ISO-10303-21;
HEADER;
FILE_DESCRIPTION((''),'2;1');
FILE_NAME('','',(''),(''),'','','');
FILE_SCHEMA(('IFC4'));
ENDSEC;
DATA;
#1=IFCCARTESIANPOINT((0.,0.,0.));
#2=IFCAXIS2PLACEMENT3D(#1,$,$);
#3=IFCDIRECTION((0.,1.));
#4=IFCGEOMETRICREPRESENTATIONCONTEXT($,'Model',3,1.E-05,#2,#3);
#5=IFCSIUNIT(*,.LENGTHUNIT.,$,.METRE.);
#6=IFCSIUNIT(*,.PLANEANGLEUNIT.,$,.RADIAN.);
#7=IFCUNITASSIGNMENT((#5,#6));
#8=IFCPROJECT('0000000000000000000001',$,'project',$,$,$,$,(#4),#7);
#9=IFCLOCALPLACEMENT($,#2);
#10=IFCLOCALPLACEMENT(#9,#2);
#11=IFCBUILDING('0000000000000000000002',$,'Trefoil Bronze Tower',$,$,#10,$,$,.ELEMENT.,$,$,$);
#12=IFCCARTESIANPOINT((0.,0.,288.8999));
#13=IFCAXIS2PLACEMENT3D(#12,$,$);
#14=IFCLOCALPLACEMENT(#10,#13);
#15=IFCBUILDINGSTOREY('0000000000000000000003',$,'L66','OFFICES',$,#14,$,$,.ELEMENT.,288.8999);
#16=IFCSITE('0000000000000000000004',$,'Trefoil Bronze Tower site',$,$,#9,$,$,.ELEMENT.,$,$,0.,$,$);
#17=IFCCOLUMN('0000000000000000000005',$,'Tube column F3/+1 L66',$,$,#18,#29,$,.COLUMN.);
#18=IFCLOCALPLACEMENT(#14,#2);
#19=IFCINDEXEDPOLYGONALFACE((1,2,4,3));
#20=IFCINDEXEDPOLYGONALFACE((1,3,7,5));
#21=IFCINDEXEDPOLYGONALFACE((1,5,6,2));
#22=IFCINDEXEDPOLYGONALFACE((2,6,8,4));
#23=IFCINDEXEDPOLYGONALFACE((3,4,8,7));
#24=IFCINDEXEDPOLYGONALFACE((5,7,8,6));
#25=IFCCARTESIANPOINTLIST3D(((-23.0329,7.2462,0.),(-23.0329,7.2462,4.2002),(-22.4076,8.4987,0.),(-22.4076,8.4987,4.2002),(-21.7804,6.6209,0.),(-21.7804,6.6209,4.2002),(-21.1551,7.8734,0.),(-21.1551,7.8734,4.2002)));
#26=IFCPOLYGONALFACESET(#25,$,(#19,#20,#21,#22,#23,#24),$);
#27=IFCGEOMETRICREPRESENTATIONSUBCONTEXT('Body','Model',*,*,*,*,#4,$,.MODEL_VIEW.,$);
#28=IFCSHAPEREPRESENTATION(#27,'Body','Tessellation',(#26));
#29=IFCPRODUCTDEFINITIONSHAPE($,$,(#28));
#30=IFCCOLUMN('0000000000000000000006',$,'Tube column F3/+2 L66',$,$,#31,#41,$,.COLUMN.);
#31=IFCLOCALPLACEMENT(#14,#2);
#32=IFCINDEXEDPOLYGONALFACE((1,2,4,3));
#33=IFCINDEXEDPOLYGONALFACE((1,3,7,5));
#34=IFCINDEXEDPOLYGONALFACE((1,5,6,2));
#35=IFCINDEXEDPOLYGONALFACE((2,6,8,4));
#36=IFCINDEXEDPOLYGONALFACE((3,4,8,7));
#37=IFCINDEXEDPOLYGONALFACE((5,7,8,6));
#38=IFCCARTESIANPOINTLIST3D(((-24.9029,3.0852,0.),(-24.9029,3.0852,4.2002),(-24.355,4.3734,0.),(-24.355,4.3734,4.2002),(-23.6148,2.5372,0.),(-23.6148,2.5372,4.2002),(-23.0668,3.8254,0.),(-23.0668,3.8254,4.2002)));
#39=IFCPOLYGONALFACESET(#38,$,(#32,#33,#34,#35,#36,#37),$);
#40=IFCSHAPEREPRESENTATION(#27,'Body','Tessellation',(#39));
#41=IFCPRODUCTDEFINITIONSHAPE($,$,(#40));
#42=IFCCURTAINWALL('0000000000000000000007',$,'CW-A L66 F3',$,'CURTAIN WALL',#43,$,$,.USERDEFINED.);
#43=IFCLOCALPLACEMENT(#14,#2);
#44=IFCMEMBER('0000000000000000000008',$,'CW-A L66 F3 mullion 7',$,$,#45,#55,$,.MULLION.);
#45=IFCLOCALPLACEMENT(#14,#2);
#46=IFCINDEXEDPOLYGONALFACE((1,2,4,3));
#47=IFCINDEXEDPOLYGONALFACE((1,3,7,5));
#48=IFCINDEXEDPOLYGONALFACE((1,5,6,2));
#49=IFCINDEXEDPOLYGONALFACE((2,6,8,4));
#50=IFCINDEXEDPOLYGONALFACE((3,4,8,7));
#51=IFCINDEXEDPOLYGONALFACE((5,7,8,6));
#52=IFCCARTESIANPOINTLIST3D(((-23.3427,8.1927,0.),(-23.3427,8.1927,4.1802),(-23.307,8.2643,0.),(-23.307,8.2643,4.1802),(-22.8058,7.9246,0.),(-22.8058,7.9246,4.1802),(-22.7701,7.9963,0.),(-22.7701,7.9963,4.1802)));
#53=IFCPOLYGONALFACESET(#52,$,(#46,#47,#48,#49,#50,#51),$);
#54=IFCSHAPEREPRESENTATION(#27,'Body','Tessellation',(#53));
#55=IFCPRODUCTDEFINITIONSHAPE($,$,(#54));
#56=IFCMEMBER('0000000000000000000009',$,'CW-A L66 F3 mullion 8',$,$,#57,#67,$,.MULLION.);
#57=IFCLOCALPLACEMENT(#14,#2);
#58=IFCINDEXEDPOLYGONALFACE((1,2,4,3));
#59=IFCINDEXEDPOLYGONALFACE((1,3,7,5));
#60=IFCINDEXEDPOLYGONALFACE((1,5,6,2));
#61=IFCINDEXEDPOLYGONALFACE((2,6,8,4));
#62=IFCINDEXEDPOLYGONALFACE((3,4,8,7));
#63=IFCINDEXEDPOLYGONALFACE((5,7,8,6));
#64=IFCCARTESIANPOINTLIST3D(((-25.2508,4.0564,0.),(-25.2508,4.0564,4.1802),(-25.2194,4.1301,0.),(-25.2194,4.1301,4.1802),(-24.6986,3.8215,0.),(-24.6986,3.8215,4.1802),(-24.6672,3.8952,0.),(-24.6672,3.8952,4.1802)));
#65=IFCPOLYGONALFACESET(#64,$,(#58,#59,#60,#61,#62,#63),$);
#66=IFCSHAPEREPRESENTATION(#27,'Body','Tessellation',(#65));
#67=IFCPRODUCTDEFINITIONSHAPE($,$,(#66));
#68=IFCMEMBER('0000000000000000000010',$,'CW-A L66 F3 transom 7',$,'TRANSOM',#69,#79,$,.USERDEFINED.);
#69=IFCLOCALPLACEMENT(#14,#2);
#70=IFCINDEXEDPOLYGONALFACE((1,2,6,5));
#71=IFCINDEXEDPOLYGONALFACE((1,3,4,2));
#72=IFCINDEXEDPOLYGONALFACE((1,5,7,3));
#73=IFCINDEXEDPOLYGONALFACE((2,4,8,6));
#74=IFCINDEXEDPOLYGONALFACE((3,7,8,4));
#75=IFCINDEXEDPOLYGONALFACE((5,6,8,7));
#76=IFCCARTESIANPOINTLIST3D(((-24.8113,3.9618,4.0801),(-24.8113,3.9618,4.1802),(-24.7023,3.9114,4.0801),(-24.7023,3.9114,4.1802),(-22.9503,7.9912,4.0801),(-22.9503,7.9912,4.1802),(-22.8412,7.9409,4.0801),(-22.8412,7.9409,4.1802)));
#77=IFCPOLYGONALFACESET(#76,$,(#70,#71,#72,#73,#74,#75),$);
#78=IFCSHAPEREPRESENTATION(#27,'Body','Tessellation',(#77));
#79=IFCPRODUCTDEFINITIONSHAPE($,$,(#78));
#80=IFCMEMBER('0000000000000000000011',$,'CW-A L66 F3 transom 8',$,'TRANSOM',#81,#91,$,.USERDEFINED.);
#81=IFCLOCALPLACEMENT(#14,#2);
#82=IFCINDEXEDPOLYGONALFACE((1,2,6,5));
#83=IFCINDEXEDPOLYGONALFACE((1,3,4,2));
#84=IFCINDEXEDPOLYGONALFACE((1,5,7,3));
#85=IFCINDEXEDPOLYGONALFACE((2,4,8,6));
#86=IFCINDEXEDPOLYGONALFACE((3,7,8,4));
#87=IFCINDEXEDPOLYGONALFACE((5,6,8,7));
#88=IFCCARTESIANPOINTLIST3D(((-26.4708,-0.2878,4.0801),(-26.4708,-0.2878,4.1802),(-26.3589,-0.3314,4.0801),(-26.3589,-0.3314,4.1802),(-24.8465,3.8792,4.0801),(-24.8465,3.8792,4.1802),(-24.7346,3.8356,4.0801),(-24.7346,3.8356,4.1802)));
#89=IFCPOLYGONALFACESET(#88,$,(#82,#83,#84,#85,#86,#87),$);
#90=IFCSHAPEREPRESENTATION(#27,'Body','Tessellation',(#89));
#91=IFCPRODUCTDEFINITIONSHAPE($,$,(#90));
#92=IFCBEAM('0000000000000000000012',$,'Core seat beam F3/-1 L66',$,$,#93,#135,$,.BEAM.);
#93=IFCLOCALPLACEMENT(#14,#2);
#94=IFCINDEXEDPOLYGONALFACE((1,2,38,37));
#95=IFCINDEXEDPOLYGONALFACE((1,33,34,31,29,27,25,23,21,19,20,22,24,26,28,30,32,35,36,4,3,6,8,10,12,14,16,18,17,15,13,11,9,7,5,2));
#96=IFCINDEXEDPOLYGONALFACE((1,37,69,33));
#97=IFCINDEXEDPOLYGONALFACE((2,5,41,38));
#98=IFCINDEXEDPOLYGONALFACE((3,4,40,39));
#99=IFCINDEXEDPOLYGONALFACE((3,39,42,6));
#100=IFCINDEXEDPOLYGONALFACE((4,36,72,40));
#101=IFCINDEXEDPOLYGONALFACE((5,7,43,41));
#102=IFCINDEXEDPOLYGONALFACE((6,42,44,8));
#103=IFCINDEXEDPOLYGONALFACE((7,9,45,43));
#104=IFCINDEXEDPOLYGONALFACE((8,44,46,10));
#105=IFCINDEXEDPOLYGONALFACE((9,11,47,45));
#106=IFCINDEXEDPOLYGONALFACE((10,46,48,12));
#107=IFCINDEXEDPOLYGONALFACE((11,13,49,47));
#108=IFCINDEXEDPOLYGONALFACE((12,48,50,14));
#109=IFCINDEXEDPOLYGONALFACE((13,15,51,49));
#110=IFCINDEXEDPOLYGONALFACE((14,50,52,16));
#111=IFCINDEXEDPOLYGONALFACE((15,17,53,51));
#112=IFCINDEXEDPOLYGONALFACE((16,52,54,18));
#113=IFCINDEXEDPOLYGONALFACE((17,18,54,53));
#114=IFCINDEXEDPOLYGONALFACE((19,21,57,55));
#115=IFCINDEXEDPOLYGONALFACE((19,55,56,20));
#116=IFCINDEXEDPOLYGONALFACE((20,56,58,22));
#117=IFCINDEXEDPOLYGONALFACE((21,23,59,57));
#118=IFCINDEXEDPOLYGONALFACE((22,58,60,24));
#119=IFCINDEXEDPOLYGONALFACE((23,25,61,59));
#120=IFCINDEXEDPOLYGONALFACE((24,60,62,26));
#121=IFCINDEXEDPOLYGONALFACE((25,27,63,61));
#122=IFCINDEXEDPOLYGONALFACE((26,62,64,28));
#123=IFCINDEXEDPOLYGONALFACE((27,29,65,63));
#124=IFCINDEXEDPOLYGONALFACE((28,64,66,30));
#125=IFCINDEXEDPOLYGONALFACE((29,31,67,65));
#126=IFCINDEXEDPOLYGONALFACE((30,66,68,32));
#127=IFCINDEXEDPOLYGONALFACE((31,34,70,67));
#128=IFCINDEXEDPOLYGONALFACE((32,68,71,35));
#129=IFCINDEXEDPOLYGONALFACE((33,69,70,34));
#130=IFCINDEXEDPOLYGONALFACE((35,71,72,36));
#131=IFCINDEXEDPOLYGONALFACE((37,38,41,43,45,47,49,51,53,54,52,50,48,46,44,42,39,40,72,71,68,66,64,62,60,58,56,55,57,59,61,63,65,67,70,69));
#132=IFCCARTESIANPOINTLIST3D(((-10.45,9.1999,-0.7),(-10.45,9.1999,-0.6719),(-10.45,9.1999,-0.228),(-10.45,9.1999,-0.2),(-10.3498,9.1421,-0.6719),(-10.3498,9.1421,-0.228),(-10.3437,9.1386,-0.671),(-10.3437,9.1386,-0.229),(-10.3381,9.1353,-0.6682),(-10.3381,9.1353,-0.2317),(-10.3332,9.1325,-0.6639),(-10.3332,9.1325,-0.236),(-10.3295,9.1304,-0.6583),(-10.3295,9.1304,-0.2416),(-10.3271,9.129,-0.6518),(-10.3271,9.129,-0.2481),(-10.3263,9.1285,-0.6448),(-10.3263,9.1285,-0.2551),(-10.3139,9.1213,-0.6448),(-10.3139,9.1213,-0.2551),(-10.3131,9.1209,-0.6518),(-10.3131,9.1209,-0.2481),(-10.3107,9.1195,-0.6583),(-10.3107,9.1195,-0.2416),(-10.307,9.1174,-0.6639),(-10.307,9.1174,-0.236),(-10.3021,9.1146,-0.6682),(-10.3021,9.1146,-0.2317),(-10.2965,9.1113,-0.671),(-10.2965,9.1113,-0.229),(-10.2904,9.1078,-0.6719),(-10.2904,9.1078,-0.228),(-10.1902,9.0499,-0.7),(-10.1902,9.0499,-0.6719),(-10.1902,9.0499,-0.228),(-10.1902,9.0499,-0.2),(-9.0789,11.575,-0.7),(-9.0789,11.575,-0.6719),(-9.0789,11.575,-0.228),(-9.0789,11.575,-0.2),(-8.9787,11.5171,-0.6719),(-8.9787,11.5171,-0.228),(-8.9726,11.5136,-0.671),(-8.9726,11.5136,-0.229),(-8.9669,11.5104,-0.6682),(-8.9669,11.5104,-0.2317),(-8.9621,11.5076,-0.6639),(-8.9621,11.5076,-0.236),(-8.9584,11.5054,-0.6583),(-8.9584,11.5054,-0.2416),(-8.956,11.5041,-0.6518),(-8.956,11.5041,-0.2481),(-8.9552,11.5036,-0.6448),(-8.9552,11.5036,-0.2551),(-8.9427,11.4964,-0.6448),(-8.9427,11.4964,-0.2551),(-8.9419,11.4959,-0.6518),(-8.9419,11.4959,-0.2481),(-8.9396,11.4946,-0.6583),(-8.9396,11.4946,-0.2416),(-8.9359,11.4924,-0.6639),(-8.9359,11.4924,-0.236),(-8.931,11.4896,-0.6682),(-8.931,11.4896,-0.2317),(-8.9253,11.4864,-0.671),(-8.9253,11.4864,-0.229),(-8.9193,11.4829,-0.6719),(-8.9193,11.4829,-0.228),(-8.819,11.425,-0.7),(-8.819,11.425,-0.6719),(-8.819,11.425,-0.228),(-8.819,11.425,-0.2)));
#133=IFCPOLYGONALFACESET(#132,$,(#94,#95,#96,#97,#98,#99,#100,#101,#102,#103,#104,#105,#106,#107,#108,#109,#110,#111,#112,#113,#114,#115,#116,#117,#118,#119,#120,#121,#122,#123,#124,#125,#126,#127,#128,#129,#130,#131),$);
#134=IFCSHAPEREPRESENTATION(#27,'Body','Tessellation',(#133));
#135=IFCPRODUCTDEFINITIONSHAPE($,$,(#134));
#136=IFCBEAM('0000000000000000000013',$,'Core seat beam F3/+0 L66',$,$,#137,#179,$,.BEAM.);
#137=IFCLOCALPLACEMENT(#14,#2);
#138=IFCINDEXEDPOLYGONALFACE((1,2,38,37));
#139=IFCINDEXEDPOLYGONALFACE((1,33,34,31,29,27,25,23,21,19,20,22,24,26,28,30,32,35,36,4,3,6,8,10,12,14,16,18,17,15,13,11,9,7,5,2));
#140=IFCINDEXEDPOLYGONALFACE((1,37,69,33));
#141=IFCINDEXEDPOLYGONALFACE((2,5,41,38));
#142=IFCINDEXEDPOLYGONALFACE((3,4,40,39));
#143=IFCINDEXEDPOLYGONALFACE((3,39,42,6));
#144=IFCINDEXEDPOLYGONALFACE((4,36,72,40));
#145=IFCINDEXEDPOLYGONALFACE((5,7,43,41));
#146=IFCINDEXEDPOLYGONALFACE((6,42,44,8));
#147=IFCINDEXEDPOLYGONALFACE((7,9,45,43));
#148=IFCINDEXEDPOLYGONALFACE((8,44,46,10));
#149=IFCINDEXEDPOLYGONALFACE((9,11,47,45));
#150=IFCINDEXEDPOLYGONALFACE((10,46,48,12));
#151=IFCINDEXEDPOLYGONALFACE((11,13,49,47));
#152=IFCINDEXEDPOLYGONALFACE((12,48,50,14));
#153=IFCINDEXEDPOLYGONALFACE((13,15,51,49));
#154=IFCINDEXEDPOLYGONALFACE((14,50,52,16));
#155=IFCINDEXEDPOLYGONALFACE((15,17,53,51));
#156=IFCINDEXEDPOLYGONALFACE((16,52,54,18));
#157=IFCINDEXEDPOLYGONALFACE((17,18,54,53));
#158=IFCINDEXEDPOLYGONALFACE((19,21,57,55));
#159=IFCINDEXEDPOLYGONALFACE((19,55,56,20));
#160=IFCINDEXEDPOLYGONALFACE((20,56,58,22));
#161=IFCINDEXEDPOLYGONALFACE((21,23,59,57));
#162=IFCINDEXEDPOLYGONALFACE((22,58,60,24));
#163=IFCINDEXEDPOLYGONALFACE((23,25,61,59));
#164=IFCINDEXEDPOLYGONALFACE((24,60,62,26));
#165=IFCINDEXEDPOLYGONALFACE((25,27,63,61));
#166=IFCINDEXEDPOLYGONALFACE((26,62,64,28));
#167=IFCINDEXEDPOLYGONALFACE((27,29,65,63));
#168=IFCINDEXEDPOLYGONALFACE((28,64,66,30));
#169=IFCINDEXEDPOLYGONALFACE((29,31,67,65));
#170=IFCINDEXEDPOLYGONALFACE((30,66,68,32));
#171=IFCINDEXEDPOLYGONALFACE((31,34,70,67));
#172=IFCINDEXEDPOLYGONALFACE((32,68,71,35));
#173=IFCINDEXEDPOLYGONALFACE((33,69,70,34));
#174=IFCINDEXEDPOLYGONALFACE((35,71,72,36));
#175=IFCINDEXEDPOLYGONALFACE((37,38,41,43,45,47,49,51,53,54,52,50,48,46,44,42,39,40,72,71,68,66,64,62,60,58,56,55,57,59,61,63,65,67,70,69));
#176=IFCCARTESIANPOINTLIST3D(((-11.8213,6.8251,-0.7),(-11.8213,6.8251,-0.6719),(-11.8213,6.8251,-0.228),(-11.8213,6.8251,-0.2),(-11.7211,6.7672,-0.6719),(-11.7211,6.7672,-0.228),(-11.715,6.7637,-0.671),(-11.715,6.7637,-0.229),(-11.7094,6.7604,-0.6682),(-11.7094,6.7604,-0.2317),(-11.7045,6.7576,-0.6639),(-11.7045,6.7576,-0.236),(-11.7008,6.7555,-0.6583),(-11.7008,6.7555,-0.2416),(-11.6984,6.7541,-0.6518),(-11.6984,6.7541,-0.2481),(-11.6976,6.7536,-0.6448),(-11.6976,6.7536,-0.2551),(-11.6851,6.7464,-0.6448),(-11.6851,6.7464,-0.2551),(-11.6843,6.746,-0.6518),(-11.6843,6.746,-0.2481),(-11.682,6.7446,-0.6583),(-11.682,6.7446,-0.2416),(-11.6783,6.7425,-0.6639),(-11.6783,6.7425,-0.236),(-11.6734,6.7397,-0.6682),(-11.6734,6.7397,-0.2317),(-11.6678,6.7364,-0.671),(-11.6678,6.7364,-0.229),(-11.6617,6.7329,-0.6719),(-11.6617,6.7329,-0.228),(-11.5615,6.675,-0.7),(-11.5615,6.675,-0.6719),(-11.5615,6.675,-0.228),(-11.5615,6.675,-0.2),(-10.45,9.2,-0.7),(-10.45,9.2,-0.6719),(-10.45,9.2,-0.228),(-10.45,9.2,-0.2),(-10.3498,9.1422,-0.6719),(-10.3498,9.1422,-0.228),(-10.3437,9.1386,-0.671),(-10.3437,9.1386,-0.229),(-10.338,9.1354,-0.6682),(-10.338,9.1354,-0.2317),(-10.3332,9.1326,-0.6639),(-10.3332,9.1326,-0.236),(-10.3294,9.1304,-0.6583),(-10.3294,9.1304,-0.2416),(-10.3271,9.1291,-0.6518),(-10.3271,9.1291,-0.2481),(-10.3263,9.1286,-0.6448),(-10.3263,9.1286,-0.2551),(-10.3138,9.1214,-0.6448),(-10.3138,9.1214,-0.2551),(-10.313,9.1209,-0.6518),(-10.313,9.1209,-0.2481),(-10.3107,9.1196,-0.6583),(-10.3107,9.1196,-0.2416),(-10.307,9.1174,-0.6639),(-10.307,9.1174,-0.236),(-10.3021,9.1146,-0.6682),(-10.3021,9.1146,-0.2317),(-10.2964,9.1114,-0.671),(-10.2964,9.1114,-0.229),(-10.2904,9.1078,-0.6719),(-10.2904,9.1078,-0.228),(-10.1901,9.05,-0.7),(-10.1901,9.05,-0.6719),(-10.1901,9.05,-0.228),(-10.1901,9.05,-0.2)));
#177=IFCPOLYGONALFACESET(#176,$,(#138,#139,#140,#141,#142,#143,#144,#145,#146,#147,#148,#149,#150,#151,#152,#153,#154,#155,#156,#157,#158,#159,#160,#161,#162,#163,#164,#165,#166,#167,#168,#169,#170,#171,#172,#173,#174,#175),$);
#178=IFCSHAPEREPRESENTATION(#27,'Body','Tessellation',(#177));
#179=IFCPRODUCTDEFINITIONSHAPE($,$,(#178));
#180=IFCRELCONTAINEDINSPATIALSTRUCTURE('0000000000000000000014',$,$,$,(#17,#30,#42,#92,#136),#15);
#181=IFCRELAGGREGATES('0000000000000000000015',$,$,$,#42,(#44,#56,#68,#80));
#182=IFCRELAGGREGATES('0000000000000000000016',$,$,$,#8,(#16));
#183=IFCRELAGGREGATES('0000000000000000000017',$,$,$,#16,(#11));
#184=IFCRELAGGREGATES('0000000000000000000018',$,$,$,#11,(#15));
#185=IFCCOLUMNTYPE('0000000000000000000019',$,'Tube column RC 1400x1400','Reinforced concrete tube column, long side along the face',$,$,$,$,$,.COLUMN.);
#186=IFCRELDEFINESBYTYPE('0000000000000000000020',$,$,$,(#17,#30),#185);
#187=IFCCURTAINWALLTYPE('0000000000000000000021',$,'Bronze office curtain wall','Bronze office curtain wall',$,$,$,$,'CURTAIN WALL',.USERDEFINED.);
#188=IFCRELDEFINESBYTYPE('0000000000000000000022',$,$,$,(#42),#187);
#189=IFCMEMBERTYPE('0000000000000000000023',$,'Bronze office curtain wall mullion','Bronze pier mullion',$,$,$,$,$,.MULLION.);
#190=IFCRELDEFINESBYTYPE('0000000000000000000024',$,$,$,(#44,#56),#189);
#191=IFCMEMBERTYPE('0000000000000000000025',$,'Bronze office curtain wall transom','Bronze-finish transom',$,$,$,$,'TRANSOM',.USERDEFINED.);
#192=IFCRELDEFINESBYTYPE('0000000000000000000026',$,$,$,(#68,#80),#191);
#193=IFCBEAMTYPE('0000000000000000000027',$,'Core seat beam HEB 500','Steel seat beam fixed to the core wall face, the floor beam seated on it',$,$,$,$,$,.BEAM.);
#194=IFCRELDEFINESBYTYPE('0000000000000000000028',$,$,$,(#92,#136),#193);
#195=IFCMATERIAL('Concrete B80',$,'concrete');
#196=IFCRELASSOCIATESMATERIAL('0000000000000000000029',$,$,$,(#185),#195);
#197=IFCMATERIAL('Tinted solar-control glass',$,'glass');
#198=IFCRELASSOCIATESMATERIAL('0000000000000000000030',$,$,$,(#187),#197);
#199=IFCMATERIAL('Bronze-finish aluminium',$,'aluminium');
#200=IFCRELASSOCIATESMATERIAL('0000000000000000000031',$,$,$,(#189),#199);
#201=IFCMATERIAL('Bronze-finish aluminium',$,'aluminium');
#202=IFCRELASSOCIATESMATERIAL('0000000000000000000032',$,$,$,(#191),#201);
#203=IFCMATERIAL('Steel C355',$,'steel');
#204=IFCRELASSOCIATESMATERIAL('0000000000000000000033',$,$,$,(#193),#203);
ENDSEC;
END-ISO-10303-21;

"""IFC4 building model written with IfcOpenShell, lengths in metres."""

from ifc_helpers import new_model, si_unit, direction, frame, origin, origin_2d, place, context, subcontext, project, spatial, rectangle, i_section, extrude, material, material_profile, profile_set, type_object, element, aggregate, save


model = new_model("IFC4")

# Units and contexts
model_context = context("Model", 3, precision=1e-05, world=origin(), true_north=direction((0.0, 1.0)))
body_context = subcontext(model_context, "Body", "Model", "MODEL_VIEW")
ifc_project = project(units=[si_unit("LENGTHUNIT", "METRE"), si_unit("PLANEANGLEUNIT", "RADIAN")], contexts=[model_context])

# Site, building, storey
site_placement = place(None, origin())
site = spatial("IfcSite", under=ifc_project, at=site_placement, Name="Trefoil Bronze Tower site", CompositionType="ELEMENT", RefElevation=0.0)
building_placement = place(site_placement, origin())
building = spatial("IfcBuilding", under=site, at=building_placement, Name="Trefoil Bronze Tower", CompositionType="ELEMENT")
storey_placement = place(building_placement, frame((0.0, 0.0, 288.8999)))
storey = spatial("IfcBuildingStorey", under=building, at=storey_placement, Name="L66", Description="OFFICES", CompositionType="ELEMENT", Elevation=288.8999)

# Columns
ifc_material_1 = material(Name="Concrete B80", Category="concrete")
ifc_material_profile_1 = material_profile(ifc_material_1, rectangle(XDim=1.3999, YDim=1.3999, at=origin_2d()), Name="RC 1400x1400")
ifc_profile_set_1 = profile_set([ifc_material_profile_1], Name="Concrete B80")
column_type = type_object("IfcColumnType", Name="Tube column RC 1400x1400", Description="Reinforced concrete tube column, long side along the face", PredefinedType="COLUMN", material=ifc_profile_set_1)
for number, where, z_axis, x_axis, name in (
    (1, (-22.094, 7.5598, 0.0), (0.0, 0.0, 1.0), (-0.446641, -0.894713, 0.0), "Tube column F3/+1 L66"),
    (2, (-23.9849, 3.4553, 0.0), (0.0, 0.0, 1.0), (-0.391436, -0.920205, 0.0), "Tube column F3/+2 L66"),
):
    element("IfcColumn", number, at=place(storey_placement, frame(where, z_axis=z_axis, x_axis=x_axis)), inside=storey, type_object=column_type, Name=name, PredefinedType="COLUMN", context=body_context, shape_type="SweptSolid", body=[
        extrude(rectangle(XDim=1.3999, YDim=1.3999, at=origin_2d()), origin(), (0.0, 0.0, 1.0), 4.2002),
    ])

# Curtain wall, members
ifc_material_2 = material(Name="Tinted solar-control glass", Category="glass")
curtain_wall_type = type_object("IfcCurtainWallType", Name="Bronze office curtain wall", Description="Bronze office curtain wall", ElementType="CURTAIN WALL", PredefinedType="USERDEFINED", material=ifc_material_2)
curtain_wall_placement = place(storey_placement, origin())
curtain_wall = element("IfcCurtainWall", 3, at=curtain_wall_placement, inside=storey, type_object=curtain_wall_type, Name="CW-A L66 F3", ObjectType="CURTAIN WALL", PredefinedType="USERDEFINED")
ifc_material_3 = material(Name="Bronze-finish aluminium", Category="aluminium")
ifc_material_profile_2 = material_profile(ifc_material_3, rectangle(XDim=0.6001, YDim=0.0801, at=origin_2d()), Name="CW-A mullion")
ifc_profile_set_2 = profile_set([ifc_material_profile_2], Name="Bronze-finish aluminium")
member_type_1 = type_object("IfcMemberType", Name="Bronze office curtain wall mullion", Description="Bronze pier mullion", PredefinedType="MULLION", material=ifc_profile_set_2)
member_1_placement = place(storey_placement, frame((-23.0564, 8.0945, 0.0), z_axis=(0.0, 0.0, 1.0), x_axis=(0.894713, -0.446641, 0.0)))
member_1 = element("IfcMember", 4, at=member_1_placement, type_object=member_type_1, Name="CW-A L66 F3 mullion 7", PredefinedType="MULLION", context=body_context, shape_type="SweptSolid", body=[
    extrude(rectangle(XDim=0.6001, YDim=0.0801, at=origin_2d()), origin(), (0.0, 0.0, 1.0), 4.1802),
])
member_2_placement = place(storey_placement, frame((-24.959, 3.9758, 0.0), z_axis=(0.0, 0.0, 1.0), x_axis=(0.920205, -0.391436, 0.0)))
member_2 = element("IfcMember", 5, at=member_2_placement, type_object=member_type_1, Name="CW-A L66 F3 mullion 8", PredefinedType="MULLION", context=body_context, shape_type="SweptSolid", body=[
    extrude(rectangle(XDim=0.6001, YDim=0.0801, at=origin_2d()), origin(), (0.0, 0.0, 1.0), 4.1802),
])
ifc_material_4 = material(Name="Bronze-finish aluminium", Category="aluminium")
ifc_material_profile_3 = material_profile(ifc_material_4, rectangle(XDim=0.1201, YDim=0.1001, at=origin_2d()), Name="CW-A transom")
ifc_profile_set_3 = profile_set([ifc_material_profile_3], Name="Bronze-finish aluminium")
member_type_2 = type_object("IfcMemberType", Name="Bronze office curtain wall transom", Description="Bronze-finish transom", ElementType="TRANSOM", PredefinedType="USERDEFINED", material=ifc_profile_set_3)
member_3_placement = place(storey_placement, frame((-22.8958, 7.9661, 4.1301), z_axis=(-0.419299, -0.907848, 0.0), x_axis=(0.907848, -0.419299, 0.0)))
member_3 = element("IfcMember", 6, at=member_3_placement, type_object=member_type_2, Name="CW-A L66 F3 transom 7", ObjectType="TRANSOM", PredefinedType="USERDEFINED", context=body_context, shape_type="SweptSolid", body=[
    extrude(rectangle(XDim=0.1201, YDim=0.1001, at=origin_2d()), origin(), (0.0, 0.0, 1.0), 4.4385),
])
member_4_placement = place(storey_placement, frame((-24.7905, 3.8574, 4.1301), z_axis=(-0.363178, -0.93172, 0.0), x_axis=(0.93172, -0.363178, 0.0)))
member_4 = element("IfcMember", 7, at=member_4_placement, type_object=member_type_2, Name="CW-A L66 F3 transom 8", ObjectType="TRANSOM", PredefinedType="USERDEFINED", context=body_context, shape_type="SweptSolid", body=[
    extrude(rectangle(XDim=0.1201, YDim=0.1001, at=origin_2d()), origin(), (0.0, 0.0, 1.0), 4.4724),
])

# Beams
ifc_material_5 = material(Name="Steel C355", Category="steel")
ifc_material_profile_4 = material_profile(ifc_material_5, i_section(OverallWidth=0.3, OverallDepth=0.5, WebThickness=0.0144, FlangeThickness=0.0281, FilletRadius=0.0271, at=origin_2d()), Name="HEB 500")
ifc_profile_set_4 = profile_set([ifc_material_profile_4], Name="Steel C355")
beam_type_1 = type_object("IfcBeamType", Name="Core seat beam HEB 500", Description="Steel seat beam fixed to the core wall face, the floor beam seated on it", PredefinedType="BEAM", material=ifc_profile_set_4)
for number, where, z_axis, x_axis, name in (
    (8, (-8.949, 11.5, -0.45), (-0.499969, -0.866043, 0.0), (0.866043, -0.499969, 0.0), "Core seat beam F3/-1 L66"),
    (9, (-10.3201, 9.125, -0.45), (-0.500036, -0.866005, 0.0), (0.866005, -0.500036, 0.0), "Core seat beam F3/+0 L66"),
):
    element("IfcBeam", number, at=place(storey_placement, frame(where, z_axis=z_axis, x_axis=x_axis)), inside=storey, type_object=beam_type_1, Name=name, PredefinedType="BEAM", context=body_context, shape_type="SweptSolid", body=[
        extrude(i_section(OverallWidth=0.3, OverallDepth=0.5, WebThickness=0.0144, FlangeThickness=0.0281, FilletRadius=0.0271, at=origin_2d()), origin(), (0.0, 0.0, 1.0), 2.7424),
    ])

aggregate(curtain_wall, [member_1, member_2, member_3, member_4])

save(model, "model.ifc")
